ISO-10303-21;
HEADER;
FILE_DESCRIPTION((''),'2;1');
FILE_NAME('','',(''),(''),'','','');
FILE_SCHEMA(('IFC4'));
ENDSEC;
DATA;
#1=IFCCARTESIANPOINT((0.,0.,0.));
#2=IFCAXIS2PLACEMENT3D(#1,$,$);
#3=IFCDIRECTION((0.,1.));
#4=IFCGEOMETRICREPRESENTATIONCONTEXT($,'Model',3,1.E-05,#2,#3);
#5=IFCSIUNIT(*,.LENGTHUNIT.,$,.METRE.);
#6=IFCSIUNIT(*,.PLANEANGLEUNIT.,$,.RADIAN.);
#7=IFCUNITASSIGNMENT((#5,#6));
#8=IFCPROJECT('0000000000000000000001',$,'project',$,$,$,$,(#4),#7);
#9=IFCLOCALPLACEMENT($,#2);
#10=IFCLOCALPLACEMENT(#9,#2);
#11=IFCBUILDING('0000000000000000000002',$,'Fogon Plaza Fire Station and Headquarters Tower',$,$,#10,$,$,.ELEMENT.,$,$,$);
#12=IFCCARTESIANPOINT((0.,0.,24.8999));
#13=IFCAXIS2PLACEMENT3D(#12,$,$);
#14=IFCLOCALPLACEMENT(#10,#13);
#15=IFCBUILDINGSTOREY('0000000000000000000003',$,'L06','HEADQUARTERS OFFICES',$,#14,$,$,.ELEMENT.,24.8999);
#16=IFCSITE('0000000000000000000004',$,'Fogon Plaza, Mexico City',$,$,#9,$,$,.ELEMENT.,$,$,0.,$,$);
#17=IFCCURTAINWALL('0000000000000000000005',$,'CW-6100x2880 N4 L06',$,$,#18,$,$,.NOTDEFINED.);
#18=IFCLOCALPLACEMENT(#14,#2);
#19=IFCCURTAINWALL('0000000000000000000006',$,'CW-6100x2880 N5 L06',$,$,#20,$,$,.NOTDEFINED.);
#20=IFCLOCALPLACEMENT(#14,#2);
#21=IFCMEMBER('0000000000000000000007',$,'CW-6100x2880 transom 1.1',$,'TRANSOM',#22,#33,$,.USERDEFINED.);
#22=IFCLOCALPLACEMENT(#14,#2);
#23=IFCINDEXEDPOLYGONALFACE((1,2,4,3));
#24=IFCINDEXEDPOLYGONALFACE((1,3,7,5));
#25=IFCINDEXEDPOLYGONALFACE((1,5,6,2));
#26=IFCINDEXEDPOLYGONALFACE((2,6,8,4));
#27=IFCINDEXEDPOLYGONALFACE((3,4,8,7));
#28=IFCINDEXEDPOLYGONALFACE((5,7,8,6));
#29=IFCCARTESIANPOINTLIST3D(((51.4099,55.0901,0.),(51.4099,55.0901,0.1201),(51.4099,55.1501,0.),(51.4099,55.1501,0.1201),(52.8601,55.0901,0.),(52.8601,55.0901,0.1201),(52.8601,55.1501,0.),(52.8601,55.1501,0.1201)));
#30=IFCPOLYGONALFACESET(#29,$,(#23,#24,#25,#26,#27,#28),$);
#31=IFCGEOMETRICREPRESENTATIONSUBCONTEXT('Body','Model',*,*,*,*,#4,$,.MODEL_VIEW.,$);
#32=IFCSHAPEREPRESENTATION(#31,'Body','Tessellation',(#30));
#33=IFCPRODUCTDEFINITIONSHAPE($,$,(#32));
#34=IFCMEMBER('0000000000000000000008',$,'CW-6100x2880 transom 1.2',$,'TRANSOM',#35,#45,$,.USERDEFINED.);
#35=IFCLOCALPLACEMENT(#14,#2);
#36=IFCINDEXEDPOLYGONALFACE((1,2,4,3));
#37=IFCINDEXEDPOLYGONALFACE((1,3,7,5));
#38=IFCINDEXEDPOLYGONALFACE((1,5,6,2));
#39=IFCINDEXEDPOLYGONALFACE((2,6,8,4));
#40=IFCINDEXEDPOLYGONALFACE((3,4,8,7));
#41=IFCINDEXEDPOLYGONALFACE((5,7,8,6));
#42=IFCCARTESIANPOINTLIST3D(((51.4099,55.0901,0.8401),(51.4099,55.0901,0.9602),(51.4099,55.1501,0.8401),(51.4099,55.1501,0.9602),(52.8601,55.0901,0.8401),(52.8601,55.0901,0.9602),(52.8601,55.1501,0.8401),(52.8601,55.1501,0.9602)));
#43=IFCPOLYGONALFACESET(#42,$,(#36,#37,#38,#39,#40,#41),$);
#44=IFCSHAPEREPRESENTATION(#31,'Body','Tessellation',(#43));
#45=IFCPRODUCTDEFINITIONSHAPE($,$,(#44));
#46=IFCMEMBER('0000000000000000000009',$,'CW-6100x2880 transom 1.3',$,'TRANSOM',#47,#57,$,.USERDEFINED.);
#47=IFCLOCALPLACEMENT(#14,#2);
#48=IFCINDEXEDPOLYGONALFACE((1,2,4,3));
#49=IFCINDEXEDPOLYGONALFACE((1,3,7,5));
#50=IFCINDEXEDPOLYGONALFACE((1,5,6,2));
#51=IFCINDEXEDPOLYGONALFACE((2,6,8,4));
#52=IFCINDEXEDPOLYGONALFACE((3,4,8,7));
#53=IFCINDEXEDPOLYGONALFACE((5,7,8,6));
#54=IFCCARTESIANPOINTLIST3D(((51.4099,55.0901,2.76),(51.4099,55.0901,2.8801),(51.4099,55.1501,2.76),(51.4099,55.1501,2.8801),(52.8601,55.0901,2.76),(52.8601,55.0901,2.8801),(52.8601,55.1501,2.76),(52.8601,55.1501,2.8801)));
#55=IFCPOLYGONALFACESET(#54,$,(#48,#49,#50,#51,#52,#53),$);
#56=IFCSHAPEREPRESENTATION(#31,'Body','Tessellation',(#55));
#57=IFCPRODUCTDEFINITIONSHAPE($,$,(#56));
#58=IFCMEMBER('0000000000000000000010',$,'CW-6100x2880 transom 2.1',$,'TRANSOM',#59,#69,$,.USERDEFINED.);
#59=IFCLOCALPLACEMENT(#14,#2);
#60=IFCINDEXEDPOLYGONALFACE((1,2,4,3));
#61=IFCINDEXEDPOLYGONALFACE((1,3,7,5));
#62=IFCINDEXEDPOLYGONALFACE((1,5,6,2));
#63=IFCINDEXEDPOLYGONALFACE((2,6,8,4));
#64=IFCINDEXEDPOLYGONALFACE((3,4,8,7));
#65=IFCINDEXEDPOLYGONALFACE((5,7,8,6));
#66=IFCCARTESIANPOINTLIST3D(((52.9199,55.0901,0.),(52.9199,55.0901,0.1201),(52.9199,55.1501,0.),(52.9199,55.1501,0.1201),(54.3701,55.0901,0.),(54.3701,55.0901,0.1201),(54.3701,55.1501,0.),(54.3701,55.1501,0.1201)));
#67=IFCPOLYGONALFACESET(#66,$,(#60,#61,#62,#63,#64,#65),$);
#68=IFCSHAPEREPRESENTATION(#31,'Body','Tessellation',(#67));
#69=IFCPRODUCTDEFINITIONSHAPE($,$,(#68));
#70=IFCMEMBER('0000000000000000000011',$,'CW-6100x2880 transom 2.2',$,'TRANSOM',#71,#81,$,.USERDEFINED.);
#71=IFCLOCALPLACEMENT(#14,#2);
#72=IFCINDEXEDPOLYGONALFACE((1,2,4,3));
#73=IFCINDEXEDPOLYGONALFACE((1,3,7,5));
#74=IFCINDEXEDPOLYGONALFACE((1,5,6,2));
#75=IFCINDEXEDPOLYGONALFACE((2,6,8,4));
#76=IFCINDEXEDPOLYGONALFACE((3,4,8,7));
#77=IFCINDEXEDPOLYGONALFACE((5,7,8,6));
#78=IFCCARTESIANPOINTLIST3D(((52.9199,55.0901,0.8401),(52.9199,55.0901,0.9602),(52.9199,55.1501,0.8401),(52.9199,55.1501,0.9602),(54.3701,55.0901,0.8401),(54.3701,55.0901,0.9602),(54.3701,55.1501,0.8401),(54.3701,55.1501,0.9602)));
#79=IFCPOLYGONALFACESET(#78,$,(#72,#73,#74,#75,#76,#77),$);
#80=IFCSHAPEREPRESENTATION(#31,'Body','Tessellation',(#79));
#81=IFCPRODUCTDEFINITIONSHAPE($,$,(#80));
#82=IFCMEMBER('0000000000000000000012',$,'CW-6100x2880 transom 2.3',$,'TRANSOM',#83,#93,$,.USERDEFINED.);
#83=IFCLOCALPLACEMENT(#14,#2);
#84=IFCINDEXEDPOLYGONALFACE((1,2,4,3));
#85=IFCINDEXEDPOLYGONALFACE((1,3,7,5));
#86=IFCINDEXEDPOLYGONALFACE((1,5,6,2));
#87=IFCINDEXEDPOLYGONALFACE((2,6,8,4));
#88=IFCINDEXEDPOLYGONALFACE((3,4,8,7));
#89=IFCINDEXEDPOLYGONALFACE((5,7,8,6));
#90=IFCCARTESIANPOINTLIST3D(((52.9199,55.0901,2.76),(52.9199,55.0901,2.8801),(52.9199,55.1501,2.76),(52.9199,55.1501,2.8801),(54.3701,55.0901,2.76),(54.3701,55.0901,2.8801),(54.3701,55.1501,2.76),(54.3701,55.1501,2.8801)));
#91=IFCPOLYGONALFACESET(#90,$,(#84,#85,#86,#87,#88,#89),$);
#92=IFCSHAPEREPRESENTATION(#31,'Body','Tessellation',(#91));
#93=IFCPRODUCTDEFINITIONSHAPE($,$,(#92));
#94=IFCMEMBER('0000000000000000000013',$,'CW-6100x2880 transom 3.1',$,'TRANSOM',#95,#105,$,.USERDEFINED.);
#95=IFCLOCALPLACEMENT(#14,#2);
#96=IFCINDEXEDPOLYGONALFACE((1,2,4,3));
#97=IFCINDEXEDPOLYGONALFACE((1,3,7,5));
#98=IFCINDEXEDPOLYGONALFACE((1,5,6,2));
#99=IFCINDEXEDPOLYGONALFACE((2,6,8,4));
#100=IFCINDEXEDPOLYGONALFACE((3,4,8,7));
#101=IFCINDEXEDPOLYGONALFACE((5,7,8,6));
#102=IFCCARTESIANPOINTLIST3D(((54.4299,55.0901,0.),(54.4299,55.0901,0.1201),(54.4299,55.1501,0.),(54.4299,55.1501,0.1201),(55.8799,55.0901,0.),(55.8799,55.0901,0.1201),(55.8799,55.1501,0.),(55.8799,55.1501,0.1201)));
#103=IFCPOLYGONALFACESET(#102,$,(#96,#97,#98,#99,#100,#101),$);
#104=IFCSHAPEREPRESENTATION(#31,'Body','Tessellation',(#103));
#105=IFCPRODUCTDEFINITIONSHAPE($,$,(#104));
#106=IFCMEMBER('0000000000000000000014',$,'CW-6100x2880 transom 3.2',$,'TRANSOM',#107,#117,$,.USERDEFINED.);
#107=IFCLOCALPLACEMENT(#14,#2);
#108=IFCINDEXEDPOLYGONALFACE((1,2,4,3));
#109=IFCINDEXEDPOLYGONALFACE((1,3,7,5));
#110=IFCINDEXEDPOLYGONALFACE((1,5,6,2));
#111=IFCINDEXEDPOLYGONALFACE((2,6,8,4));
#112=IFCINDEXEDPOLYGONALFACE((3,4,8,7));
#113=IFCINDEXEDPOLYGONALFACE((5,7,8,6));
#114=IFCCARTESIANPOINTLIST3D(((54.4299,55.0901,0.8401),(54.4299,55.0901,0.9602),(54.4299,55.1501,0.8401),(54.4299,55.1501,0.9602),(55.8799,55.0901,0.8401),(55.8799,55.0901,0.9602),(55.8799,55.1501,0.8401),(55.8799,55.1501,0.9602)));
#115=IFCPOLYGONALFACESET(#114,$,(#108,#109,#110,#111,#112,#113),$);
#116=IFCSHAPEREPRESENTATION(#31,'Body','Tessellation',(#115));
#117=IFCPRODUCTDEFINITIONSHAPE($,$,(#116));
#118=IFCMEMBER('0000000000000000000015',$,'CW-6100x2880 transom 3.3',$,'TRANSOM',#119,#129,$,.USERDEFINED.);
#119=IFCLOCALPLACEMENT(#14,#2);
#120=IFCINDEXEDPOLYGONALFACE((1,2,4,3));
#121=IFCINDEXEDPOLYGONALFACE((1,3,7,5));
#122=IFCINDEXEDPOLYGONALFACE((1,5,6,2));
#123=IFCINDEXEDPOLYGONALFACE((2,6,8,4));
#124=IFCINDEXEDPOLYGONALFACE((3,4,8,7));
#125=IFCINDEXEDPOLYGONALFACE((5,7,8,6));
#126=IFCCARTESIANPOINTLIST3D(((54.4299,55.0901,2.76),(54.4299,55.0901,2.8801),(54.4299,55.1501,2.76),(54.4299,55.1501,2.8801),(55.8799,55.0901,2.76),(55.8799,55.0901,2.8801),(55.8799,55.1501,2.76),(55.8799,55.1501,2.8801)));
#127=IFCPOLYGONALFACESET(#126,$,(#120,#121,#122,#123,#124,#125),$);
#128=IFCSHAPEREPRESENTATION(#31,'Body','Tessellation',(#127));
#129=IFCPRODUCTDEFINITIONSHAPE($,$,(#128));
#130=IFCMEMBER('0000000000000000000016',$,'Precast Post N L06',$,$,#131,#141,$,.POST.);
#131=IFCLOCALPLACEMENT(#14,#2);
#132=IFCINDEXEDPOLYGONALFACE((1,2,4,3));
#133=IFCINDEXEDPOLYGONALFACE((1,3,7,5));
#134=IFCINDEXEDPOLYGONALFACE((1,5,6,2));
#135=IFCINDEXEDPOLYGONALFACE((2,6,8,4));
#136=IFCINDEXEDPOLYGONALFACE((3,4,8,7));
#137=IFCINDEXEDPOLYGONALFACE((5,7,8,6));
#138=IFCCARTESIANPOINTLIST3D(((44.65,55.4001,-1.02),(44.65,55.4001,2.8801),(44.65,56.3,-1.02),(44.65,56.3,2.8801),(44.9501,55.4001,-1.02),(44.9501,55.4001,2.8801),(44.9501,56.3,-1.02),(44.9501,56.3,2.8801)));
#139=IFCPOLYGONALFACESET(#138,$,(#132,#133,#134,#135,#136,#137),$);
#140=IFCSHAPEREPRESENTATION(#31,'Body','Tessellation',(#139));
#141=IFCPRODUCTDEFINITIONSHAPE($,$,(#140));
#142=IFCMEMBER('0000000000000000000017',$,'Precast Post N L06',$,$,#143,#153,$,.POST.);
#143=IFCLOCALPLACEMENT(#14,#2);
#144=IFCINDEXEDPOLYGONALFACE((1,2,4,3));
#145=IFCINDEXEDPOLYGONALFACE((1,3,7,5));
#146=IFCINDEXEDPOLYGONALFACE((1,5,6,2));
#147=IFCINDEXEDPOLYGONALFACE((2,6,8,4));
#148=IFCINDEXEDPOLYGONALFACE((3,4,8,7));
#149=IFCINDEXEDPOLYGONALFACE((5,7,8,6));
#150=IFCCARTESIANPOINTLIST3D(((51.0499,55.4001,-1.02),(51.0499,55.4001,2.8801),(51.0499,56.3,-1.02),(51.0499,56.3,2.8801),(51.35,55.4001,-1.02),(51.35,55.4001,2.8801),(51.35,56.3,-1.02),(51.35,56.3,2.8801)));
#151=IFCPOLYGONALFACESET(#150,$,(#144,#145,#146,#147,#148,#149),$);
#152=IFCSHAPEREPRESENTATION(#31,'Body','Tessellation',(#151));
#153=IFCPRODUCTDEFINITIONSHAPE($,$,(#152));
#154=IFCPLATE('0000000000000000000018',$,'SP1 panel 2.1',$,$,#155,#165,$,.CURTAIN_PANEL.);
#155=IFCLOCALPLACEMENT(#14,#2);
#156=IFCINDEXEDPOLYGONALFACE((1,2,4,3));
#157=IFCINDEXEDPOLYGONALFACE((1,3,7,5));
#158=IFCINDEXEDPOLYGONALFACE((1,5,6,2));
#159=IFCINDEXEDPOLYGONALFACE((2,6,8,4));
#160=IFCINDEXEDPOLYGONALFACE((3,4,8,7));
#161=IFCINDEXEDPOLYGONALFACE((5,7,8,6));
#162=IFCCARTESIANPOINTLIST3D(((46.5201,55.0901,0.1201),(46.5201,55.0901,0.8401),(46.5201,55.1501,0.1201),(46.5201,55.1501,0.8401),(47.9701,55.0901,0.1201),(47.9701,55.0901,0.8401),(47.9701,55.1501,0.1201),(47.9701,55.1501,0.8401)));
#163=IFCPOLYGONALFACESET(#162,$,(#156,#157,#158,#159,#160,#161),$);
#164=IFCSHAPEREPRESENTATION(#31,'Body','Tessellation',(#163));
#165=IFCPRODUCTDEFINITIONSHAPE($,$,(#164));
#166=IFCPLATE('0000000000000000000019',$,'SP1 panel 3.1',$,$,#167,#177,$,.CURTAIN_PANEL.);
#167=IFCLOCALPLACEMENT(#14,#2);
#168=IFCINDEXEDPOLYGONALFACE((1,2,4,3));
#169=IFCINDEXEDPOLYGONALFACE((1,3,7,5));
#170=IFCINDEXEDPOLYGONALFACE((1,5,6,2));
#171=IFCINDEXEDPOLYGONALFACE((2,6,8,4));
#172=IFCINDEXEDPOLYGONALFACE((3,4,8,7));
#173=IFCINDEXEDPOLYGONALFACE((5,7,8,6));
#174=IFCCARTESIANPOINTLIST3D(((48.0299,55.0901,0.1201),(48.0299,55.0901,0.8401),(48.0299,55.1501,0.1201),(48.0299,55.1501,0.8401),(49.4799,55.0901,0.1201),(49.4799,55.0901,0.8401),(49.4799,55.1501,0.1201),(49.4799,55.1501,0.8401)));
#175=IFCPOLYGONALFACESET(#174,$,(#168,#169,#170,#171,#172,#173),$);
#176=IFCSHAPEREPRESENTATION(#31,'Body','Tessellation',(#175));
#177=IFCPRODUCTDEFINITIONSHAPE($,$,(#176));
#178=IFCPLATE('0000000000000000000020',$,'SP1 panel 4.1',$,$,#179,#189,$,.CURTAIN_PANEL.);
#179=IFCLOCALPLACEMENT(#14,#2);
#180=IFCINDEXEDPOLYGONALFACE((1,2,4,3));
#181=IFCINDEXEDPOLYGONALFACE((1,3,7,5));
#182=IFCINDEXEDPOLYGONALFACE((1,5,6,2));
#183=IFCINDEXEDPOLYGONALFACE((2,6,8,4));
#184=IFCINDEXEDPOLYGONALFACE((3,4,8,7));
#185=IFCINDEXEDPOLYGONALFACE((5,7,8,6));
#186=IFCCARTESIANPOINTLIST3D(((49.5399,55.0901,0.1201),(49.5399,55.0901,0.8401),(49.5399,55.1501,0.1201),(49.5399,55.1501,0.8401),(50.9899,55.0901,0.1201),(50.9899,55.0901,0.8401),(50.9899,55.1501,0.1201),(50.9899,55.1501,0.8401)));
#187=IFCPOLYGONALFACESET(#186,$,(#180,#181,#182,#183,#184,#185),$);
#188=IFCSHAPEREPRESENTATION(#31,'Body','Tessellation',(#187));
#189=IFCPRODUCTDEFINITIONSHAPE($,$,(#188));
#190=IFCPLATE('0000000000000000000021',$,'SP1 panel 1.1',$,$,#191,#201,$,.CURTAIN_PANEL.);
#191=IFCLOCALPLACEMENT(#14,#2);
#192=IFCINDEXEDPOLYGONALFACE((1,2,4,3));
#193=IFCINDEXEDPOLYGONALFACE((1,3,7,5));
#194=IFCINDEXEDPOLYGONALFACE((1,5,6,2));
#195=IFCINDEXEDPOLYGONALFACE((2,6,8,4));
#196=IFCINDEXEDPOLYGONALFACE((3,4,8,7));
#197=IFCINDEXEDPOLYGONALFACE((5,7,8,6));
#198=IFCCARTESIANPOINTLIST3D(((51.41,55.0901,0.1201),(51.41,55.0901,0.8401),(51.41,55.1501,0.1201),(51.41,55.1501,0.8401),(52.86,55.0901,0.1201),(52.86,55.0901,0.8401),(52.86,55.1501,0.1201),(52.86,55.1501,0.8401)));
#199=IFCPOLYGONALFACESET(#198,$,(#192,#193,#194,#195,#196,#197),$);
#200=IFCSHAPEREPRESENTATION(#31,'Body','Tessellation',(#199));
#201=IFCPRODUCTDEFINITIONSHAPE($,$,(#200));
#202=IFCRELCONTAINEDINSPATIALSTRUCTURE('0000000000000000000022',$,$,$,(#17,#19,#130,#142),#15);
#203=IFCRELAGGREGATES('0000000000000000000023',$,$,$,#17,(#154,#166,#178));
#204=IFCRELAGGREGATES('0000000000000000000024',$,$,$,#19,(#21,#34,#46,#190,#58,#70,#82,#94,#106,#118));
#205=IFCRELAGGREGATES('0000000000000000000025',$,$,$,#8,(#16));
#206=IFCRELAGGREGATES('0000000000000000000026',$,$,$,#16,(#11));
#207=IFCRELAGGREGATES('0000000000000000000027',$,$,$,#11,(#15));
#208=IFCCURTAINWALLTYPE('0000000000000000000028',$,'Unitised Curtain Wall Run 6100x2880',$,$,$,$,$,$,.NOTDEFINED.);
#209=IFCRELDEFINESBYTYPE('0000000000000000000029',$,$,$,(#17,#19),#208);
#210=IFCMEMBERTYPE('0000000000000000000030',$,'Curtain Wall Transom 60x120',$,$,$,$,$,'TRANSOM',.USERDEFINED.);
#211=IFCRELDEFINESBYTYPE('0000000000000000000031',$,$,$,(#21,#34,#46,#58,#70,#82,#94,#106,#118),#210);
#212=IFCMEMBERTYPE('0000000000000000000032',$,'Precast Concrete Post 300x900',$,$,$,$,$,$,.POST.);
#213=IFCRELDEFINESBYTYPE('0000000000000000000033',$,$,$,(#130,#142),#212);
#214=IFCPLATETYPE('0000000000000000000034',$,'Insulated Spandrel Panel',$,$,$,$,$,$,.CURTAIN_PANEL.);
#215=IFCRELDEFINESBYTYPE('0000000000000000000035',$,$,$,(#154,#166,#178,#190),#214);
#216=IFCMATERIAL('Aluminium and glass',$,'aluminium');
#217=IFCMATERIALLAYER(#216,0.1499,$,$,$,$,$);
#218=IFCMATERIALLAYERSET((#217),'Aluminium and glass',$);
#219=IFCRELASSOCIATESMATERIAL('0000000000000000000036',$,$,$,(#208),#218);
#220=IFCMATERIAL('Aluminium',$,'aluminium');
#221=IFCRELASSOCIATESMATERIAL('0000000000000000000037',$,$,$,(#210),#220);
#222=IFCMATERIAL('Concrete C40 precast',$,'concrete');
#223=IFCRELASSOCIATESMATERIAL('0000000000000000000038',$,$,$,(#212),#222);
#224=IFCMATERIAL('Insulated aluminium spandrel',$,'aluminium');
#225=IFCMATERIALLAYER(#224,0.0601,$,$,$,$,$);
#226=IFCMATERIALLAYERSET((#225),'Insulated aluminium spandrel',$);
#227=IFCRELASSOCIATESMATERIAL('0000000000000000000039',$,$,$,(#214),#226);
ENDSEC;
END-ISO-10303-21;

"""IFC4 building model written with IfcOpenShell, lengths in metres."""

from ifc_helpers import new_model, si_unit, direction, frame, origin, origin_2d, place, context, subcontext, project, spatial, rectangle, extrude, material, layer, layer_set, material_profile, profile_set, type_object, element, aggregate, save


model = new_model("IFC4")

# Units and contexts
model_context = context("Model", 3, precision=1e-05, world=origin(), true_north=direction((0.0, 1.0)))
body_context = subcontext(model_context, "Body", "Model", "MODEL_VIEW")
ifc_project = project(units=[si_unit("LENGTHUNIT", "METRE"), si_unit("PLANEANGLEUNIT", "RADIAN")], contexts=[model_context])

# Site, building, storey
site_placement = place(None, origin())
site = spatial("IfcSite", under=ifc_project, at=site_placement, Name="Fogon Plaza, Mexico City", CompositionType="ELEMENT", RefElevation=0.0)
building_placement = place(site_placement, origin())
building = spatial("IfcBuilding", under=site, at=building_placement, Name="Fogon Plaza Fire Station and Headquarters Tower", CompositionType="ELEMENT")
storey_placement = place(building_placement, frame((0.0, 0.0, 24.8999)))
storey = spatial("IfcBuildingStorey", under=building, at=storey_placement, Name="L06", Description="HEADQUARTERS OFFICES", CompositionType="ELEMENT", Elevation=24.8999)

# Curtain walls
ifc_material_1 = material(Name="Aluminium and glass", Category="aluminium")
ifc_layer_1 = layer(ifc_material_1, 0.1499)
ifc_layer_set_1 = layer_set([ifc_layer_1], Name="Aluminium and glass")
curtain_wall_type = type_object("IfcCurtainWallType", Name="Unitised Curtain Wall Run 6100x2880", PredefinedType="NOTDEFINED", material=ifc_layer_set_1)
curtain_wall_1_placement = place(storey_placement, origin())
curtain_wall_1 = element("IfcCurtainWall", 1, at=curtain_wall_1_placement, inside=storey, type_object=curtain_wall_type, Name="CW-6100x2880 N4 L06", PredefinedType="NOTDEFINED")
curtain_wall_2_placement = place(storey_placement, origin())
curtain_wall_2 = element("IfcCurtainWall", 2, at=curtain_wall_2_placement, inside=storey, type_object=curtain_wall_type, Name="CW-6100x2880 N5 L06", PredefinedType="NOTDEFINED")

# Members
ifc_material_2 = material(Name="Aluminium", Category="aluminium")
ifc_material_profile_1 = material_profile(ifc_material_2, rectangle(XDim=0.0601, YDim=0.1201, at=origin_2d()), Name="Curtain Wall Transom 60x120")
ifc_profile_set_1 = profile_set([ifc_material_profile_1], Name="Aluminium")
member_type_1 = type_object("IfcMemberType", Name="Curtain Wall Transom 60x120", ElementType="TRANSOM", PredefinedType="USERDEFINED", material=ifc_profile_set_1)
member_1_placement = place(storey_placement, frame((51.4099, 55.1201, 0.0601), z_axis=(1.0, 0.0, 0.0), x_axis=(0.0, 1.0, 0.0)))
member_1 = element("IfcMember", 3, at=member_1_placement, type_object=member_type_1, Name="CW-6100x2880 transom 1.1", ObjectType="TRANSOM", PredefinedType="USERDEFINED", context=body_context, shape_type="SweptSolid", body=[
    extrude(rectangle(XDim=0.0601, YDim=0.1201, at=origin_2d()), origin(), (0.0, 0.0, 1.0), 1.4502),
])
member_2_placement = place(storey_placement, frame((51.4099, 55.1201, 0.9001), z_axis=(1.0, 0.0, 0.0), x_axis=(0.0, 1.0, 0.0)))
member_2 = element("IfcMember", 4, at=member_2_placement, type_object=member_type_1, Name="CW-6100x2880 transom 1.2", ObjectType="TRANSOM", PredefinedType="USERDEFINED", context=body_context, shape_type="SweptSolid", body=[
    extrude(rectangle(XDim=0.0601, YDim=0.1201, at=origin_2d()), origin(), (0.0, 0.0, 1.0), 1.4502),
])
member_3_placement = place(storey_placement, frame((51.4099, 55.1201, 2.8201), z_axis=(1.0, 0.0, 0.0), x_axis=(0.0, 1.0, 0.0)))
member_3 = element("IfcMember", 5, at=member_3_placement, type_object=member_type_1, Name="CW-6100x2880 transom 1.3", ObjectType="TRANSOM", PredefinedType="USERDEFINED", context=body_context, shape_type="SweptSolid", body=[
    extrude(rectangle(XDim=0.0601, YDim=0.1201, at=origin_2d()), origin(), (0.0, 0.0, 1.0), 1.4502),
])
member_4_placement = place(storey_placement, frame((52.9199, 55.1201, 0.0601), z_axis=(1.0, 0.0, 0.0), x_axis=(0.0, 1.0, 0.0)))
member_4 = element("IfcMember", 6, at=member_4_placement, type_object=member_type_1, Name="CW-6100x2880 transom 2.1", ObjectType="TRANSOM", PredefinedType="USERDEFINED", context=body_context, shape_type="SweptSolid", body=[
    extrude(rectangle(XDim=0.0601, YDim=0.1201, at=origin_2d()), origin(), (0.0, 0.0, 1.0), 1.4502),
])
member_5_placement = place(storey_placement, frame((52.9199, 55.1201, 0.9001), z_axis=(1.0, 0.0, 0.0), x_axis=(0.0, 1.0, 0.0)))
member_5 = element("IfcMember", 7, at=member_5_placement, type_object=member_type_1, Name="CW-6100x2880 transom 2.2", ObjectType="TRANSOM", PredefinedType="USERDEFINED", context=body_context, shape_type="SweptSolid", body=[
    extrude(rectangle(XDim=0.0601, YDim=0.1201, at=origin_2d()), origin(), (0.0, 0.0, 1.0), 1.4502),
])
member_6_placement = place(storey_placement, frame((52.9199, 55.1201, 2.8201), z_axis=(1.0, 0.0, 0.0), x_axis=(0.0, 1.0, 0.0)))
member_6 = element("IfcMember", 8, at=member_6_placement, type_object=member_type_1, Name="CW-6100x2880 transom 2.3", ObjectType="TRANSOM", PredefinedType="USERDEFINED", context=body_context, shape_type="SweptSolid", body=[
    extrude(rectangle(XDim=0.0601, YDim=0.1201, at=origin_2d()), origin(), (0.0, 0.0, 1.0), 1.4502),
])
member_7_placement = place(storey_placement, frame((54.4299, 55.1201, 0.0601), z_axis=(1.0, 0.0, 0.0), x_axis=(0.0, 1.0, 0.0)))
member_7 = element("IfcMember", 9, at=member_7_placement, type_object=member_type_1, Name="CW-6100x2880 transom 3.1", ObjectType="TRANSOM", PredefinedType="USERDEFINED", context=body_context, shape_type="SweptSolid", body=[
    extrude(rectangle(XDim=0.0601, YDim=0.1201, at=origin_2d()), origin(), (0.0, 0.0, 1.0), 1.45),
])
member_8_placement = place(storey_placement, frame((54.4299, 55.1201, 0.9001), z_axis=(1.0, 0.0, 0.0), x_axis=(0.0, 1.0, 0.0)))
member_8 = element("IfcMember", 10, at=member_8_placement, type_object=member_type_1, Name="CW-6100x2880 transom 3.2", ObjectType="TRANSOM", PredefinedType="USERDEFINED", context=body_context, shape_type="SweptSolid", body=[
    extrude(rectangle(XDim=0.0601, YDim=0.1201, at=origin_2d()), origin(), (0.0, 0.0, 1.0), 1.45),
])
member_9_placement = place(storey_placement, frame((54.4299, 55.1201, 2.8201), z_axis=(1.0, 0.0, 0.0), x_axis=(0.0, 1.0, 0.0)))
member_9 = element("IfcMember", 11, at=member_9_placement, type_object=member_type_1, Name="CW-6100x2880 transom 3.3", ObjectType="TRANSOM", PredefinedType="USERDEFINED", context=body_context, shape_type="SweptSolid", body=[
    extrude(rectangle(XDim=0.0601, YDim=0.1201, at=origin_2d()), origin(), (0.0, 0.0, 1.0), 1.45),
])

# Members
ifc_material_3 = material(Name="Concrete C40 precast", Category="concrete")
ifc_material_profile_2 = material_profile(ifc_material_3, rectangle(XDim=0.3, YDim=0.8999, at=origin_2d()), Name="Precast Concrete Post 300x900")
ifc_profile_set_2 = profile_set([ifc_material_profile_2], Name="Concrete C40 precast")
member_type_2 = type_object("IfcMemberType", Name="Precast Concrete Post 300x900", PredefinedType="POST", material=ifc_profile_set_2)
for number, where, z_axis, x_axis, name in (
    (12, (44.8, 55.8501, -1.02), (0.0, 0.0, 1.0), (1.0, 0.0, 0.0), "Precast Post N L06"),
    (13, (51.2, 55.8501, -1.02), (0.0, 0.0, 1.0), (1.0, 0.0, 0.0), "Precast Post N L06"),
):
    element("IfcMember", number, at=place(storey_placement, frame(where, z_axis=z_axis, x_axis=x_axis)), inside=storey, type_object=member_type_2, Name=name, PredefinedType="POST", context=body_context, shape_type="SweptSolid", body=[
        extrude(rectangle(XDim=0.3, YDim=0.8999, at=origin_2d()), origin(), (0.0, 0.0, 1.0), 3.9001),
    ])

# Plates
ifc_material_4 = material(Name="Insulated aluminium spandrel", Category="aluminium")
ifc_layer_2 = layer(ifc_material_4, 0.0601)
ifc_layer_set_2 = layer_set([ifc_layer_2], Name="Insulated aluminium spandrel")
plate_type_1 = type_object("IfcPlateType", Name="Insulated Spandrel Panel", PredefinedType="CURTAIN_PANEL", material=ifc_layer_set_2)
plate_1_placement = place(storey_placement, frame((47.2451, 55.1201, 0.1201), z_axis=(0.0, 0.0, 1.0), x_axis=(1.0, 0.0, 0.0)))
plate_1 = element("IfcPlate", 14, at=plate_1_placement, type_object=plate_type_1, Name="SP1 panel 2.1", PredefinedType="CURTAIN_PANEL", context=body_context, shape_type="SweptSolid", body=[
    extrude(rectangle(XDim=1.45, YDim=0.0601, at=origin_2d()), origin(), (0.0, 0.0, 1.0), 0.72),
])
plate_2_placement = place(storey_placement, frame((48.7549, 55.1201, 0.1201), z_axis=(0.0, 0.0, 1.0), x_axis=(1.0, 0.0, 0.0)))
plate_2 = element("IfcPlate", 15, at=plate_2_placement, type_object=plate_type_1, Name="SP1 panel 3.1", PredefinedType="CURTAIN_PANEL", context=body_context, shape_type="SweptSolid", body=[
    extrude(rectangle(XDim=1.45, YDim=0.0601, at=origin_2d()), origin(), (0.0, 0.0, 1.0), 0.72),
])
plate_3_placement = place(storey_placement, frame((50.2649, 55.1201, 0.1201), z_axis=(0.0, 0.0, 1.0), x_axis=(1.0, 0.0, 0.0)))
plate_3 = element("IfcPlate", 16, at=plate_3_placement, type_object=plate_type_1, Name="SP1 panel 4.1", PredefinedType="CURTAIN_PANEL", context=body_context, shape_type="SweptSolid", body=[
    extrude(rectangle(XDim=1.45, YDim=0.0601, at=origin_2d()), origin(), (0.0, 0.0, 1.0), 0.72),
])
plate_4_placement = place(storey_placement, frame((52.135, 55.1201, 0.1201), z_axis=(0.0, 0.0, 1.0), x_axis=(1.0, 0.0, 0.0)))
plate_4 = element("IfcPlate", 17, at=plate_4_placement, type_object=plate_type_1, Name="SP1 panel 1.1", PredefinedType="CURTAIN_PANEL", context=body_context, shape_type="SweptSolid", body=[
    extrude(rectangle(XDim=1.45, YDim=0.0601, at=origin_2d()), origin(), (0.0, 0.0, 1.0), 0.72),
])
aggregate(curtain_wall_1, [plate_1, plate_2, plate_3])
aggregate(curtain_wall_2, [member_1, member_2, member_3, plate_4, member_4, member_5, member_6, member_7, member_8, member_9])

save(model, "model.ifc")
